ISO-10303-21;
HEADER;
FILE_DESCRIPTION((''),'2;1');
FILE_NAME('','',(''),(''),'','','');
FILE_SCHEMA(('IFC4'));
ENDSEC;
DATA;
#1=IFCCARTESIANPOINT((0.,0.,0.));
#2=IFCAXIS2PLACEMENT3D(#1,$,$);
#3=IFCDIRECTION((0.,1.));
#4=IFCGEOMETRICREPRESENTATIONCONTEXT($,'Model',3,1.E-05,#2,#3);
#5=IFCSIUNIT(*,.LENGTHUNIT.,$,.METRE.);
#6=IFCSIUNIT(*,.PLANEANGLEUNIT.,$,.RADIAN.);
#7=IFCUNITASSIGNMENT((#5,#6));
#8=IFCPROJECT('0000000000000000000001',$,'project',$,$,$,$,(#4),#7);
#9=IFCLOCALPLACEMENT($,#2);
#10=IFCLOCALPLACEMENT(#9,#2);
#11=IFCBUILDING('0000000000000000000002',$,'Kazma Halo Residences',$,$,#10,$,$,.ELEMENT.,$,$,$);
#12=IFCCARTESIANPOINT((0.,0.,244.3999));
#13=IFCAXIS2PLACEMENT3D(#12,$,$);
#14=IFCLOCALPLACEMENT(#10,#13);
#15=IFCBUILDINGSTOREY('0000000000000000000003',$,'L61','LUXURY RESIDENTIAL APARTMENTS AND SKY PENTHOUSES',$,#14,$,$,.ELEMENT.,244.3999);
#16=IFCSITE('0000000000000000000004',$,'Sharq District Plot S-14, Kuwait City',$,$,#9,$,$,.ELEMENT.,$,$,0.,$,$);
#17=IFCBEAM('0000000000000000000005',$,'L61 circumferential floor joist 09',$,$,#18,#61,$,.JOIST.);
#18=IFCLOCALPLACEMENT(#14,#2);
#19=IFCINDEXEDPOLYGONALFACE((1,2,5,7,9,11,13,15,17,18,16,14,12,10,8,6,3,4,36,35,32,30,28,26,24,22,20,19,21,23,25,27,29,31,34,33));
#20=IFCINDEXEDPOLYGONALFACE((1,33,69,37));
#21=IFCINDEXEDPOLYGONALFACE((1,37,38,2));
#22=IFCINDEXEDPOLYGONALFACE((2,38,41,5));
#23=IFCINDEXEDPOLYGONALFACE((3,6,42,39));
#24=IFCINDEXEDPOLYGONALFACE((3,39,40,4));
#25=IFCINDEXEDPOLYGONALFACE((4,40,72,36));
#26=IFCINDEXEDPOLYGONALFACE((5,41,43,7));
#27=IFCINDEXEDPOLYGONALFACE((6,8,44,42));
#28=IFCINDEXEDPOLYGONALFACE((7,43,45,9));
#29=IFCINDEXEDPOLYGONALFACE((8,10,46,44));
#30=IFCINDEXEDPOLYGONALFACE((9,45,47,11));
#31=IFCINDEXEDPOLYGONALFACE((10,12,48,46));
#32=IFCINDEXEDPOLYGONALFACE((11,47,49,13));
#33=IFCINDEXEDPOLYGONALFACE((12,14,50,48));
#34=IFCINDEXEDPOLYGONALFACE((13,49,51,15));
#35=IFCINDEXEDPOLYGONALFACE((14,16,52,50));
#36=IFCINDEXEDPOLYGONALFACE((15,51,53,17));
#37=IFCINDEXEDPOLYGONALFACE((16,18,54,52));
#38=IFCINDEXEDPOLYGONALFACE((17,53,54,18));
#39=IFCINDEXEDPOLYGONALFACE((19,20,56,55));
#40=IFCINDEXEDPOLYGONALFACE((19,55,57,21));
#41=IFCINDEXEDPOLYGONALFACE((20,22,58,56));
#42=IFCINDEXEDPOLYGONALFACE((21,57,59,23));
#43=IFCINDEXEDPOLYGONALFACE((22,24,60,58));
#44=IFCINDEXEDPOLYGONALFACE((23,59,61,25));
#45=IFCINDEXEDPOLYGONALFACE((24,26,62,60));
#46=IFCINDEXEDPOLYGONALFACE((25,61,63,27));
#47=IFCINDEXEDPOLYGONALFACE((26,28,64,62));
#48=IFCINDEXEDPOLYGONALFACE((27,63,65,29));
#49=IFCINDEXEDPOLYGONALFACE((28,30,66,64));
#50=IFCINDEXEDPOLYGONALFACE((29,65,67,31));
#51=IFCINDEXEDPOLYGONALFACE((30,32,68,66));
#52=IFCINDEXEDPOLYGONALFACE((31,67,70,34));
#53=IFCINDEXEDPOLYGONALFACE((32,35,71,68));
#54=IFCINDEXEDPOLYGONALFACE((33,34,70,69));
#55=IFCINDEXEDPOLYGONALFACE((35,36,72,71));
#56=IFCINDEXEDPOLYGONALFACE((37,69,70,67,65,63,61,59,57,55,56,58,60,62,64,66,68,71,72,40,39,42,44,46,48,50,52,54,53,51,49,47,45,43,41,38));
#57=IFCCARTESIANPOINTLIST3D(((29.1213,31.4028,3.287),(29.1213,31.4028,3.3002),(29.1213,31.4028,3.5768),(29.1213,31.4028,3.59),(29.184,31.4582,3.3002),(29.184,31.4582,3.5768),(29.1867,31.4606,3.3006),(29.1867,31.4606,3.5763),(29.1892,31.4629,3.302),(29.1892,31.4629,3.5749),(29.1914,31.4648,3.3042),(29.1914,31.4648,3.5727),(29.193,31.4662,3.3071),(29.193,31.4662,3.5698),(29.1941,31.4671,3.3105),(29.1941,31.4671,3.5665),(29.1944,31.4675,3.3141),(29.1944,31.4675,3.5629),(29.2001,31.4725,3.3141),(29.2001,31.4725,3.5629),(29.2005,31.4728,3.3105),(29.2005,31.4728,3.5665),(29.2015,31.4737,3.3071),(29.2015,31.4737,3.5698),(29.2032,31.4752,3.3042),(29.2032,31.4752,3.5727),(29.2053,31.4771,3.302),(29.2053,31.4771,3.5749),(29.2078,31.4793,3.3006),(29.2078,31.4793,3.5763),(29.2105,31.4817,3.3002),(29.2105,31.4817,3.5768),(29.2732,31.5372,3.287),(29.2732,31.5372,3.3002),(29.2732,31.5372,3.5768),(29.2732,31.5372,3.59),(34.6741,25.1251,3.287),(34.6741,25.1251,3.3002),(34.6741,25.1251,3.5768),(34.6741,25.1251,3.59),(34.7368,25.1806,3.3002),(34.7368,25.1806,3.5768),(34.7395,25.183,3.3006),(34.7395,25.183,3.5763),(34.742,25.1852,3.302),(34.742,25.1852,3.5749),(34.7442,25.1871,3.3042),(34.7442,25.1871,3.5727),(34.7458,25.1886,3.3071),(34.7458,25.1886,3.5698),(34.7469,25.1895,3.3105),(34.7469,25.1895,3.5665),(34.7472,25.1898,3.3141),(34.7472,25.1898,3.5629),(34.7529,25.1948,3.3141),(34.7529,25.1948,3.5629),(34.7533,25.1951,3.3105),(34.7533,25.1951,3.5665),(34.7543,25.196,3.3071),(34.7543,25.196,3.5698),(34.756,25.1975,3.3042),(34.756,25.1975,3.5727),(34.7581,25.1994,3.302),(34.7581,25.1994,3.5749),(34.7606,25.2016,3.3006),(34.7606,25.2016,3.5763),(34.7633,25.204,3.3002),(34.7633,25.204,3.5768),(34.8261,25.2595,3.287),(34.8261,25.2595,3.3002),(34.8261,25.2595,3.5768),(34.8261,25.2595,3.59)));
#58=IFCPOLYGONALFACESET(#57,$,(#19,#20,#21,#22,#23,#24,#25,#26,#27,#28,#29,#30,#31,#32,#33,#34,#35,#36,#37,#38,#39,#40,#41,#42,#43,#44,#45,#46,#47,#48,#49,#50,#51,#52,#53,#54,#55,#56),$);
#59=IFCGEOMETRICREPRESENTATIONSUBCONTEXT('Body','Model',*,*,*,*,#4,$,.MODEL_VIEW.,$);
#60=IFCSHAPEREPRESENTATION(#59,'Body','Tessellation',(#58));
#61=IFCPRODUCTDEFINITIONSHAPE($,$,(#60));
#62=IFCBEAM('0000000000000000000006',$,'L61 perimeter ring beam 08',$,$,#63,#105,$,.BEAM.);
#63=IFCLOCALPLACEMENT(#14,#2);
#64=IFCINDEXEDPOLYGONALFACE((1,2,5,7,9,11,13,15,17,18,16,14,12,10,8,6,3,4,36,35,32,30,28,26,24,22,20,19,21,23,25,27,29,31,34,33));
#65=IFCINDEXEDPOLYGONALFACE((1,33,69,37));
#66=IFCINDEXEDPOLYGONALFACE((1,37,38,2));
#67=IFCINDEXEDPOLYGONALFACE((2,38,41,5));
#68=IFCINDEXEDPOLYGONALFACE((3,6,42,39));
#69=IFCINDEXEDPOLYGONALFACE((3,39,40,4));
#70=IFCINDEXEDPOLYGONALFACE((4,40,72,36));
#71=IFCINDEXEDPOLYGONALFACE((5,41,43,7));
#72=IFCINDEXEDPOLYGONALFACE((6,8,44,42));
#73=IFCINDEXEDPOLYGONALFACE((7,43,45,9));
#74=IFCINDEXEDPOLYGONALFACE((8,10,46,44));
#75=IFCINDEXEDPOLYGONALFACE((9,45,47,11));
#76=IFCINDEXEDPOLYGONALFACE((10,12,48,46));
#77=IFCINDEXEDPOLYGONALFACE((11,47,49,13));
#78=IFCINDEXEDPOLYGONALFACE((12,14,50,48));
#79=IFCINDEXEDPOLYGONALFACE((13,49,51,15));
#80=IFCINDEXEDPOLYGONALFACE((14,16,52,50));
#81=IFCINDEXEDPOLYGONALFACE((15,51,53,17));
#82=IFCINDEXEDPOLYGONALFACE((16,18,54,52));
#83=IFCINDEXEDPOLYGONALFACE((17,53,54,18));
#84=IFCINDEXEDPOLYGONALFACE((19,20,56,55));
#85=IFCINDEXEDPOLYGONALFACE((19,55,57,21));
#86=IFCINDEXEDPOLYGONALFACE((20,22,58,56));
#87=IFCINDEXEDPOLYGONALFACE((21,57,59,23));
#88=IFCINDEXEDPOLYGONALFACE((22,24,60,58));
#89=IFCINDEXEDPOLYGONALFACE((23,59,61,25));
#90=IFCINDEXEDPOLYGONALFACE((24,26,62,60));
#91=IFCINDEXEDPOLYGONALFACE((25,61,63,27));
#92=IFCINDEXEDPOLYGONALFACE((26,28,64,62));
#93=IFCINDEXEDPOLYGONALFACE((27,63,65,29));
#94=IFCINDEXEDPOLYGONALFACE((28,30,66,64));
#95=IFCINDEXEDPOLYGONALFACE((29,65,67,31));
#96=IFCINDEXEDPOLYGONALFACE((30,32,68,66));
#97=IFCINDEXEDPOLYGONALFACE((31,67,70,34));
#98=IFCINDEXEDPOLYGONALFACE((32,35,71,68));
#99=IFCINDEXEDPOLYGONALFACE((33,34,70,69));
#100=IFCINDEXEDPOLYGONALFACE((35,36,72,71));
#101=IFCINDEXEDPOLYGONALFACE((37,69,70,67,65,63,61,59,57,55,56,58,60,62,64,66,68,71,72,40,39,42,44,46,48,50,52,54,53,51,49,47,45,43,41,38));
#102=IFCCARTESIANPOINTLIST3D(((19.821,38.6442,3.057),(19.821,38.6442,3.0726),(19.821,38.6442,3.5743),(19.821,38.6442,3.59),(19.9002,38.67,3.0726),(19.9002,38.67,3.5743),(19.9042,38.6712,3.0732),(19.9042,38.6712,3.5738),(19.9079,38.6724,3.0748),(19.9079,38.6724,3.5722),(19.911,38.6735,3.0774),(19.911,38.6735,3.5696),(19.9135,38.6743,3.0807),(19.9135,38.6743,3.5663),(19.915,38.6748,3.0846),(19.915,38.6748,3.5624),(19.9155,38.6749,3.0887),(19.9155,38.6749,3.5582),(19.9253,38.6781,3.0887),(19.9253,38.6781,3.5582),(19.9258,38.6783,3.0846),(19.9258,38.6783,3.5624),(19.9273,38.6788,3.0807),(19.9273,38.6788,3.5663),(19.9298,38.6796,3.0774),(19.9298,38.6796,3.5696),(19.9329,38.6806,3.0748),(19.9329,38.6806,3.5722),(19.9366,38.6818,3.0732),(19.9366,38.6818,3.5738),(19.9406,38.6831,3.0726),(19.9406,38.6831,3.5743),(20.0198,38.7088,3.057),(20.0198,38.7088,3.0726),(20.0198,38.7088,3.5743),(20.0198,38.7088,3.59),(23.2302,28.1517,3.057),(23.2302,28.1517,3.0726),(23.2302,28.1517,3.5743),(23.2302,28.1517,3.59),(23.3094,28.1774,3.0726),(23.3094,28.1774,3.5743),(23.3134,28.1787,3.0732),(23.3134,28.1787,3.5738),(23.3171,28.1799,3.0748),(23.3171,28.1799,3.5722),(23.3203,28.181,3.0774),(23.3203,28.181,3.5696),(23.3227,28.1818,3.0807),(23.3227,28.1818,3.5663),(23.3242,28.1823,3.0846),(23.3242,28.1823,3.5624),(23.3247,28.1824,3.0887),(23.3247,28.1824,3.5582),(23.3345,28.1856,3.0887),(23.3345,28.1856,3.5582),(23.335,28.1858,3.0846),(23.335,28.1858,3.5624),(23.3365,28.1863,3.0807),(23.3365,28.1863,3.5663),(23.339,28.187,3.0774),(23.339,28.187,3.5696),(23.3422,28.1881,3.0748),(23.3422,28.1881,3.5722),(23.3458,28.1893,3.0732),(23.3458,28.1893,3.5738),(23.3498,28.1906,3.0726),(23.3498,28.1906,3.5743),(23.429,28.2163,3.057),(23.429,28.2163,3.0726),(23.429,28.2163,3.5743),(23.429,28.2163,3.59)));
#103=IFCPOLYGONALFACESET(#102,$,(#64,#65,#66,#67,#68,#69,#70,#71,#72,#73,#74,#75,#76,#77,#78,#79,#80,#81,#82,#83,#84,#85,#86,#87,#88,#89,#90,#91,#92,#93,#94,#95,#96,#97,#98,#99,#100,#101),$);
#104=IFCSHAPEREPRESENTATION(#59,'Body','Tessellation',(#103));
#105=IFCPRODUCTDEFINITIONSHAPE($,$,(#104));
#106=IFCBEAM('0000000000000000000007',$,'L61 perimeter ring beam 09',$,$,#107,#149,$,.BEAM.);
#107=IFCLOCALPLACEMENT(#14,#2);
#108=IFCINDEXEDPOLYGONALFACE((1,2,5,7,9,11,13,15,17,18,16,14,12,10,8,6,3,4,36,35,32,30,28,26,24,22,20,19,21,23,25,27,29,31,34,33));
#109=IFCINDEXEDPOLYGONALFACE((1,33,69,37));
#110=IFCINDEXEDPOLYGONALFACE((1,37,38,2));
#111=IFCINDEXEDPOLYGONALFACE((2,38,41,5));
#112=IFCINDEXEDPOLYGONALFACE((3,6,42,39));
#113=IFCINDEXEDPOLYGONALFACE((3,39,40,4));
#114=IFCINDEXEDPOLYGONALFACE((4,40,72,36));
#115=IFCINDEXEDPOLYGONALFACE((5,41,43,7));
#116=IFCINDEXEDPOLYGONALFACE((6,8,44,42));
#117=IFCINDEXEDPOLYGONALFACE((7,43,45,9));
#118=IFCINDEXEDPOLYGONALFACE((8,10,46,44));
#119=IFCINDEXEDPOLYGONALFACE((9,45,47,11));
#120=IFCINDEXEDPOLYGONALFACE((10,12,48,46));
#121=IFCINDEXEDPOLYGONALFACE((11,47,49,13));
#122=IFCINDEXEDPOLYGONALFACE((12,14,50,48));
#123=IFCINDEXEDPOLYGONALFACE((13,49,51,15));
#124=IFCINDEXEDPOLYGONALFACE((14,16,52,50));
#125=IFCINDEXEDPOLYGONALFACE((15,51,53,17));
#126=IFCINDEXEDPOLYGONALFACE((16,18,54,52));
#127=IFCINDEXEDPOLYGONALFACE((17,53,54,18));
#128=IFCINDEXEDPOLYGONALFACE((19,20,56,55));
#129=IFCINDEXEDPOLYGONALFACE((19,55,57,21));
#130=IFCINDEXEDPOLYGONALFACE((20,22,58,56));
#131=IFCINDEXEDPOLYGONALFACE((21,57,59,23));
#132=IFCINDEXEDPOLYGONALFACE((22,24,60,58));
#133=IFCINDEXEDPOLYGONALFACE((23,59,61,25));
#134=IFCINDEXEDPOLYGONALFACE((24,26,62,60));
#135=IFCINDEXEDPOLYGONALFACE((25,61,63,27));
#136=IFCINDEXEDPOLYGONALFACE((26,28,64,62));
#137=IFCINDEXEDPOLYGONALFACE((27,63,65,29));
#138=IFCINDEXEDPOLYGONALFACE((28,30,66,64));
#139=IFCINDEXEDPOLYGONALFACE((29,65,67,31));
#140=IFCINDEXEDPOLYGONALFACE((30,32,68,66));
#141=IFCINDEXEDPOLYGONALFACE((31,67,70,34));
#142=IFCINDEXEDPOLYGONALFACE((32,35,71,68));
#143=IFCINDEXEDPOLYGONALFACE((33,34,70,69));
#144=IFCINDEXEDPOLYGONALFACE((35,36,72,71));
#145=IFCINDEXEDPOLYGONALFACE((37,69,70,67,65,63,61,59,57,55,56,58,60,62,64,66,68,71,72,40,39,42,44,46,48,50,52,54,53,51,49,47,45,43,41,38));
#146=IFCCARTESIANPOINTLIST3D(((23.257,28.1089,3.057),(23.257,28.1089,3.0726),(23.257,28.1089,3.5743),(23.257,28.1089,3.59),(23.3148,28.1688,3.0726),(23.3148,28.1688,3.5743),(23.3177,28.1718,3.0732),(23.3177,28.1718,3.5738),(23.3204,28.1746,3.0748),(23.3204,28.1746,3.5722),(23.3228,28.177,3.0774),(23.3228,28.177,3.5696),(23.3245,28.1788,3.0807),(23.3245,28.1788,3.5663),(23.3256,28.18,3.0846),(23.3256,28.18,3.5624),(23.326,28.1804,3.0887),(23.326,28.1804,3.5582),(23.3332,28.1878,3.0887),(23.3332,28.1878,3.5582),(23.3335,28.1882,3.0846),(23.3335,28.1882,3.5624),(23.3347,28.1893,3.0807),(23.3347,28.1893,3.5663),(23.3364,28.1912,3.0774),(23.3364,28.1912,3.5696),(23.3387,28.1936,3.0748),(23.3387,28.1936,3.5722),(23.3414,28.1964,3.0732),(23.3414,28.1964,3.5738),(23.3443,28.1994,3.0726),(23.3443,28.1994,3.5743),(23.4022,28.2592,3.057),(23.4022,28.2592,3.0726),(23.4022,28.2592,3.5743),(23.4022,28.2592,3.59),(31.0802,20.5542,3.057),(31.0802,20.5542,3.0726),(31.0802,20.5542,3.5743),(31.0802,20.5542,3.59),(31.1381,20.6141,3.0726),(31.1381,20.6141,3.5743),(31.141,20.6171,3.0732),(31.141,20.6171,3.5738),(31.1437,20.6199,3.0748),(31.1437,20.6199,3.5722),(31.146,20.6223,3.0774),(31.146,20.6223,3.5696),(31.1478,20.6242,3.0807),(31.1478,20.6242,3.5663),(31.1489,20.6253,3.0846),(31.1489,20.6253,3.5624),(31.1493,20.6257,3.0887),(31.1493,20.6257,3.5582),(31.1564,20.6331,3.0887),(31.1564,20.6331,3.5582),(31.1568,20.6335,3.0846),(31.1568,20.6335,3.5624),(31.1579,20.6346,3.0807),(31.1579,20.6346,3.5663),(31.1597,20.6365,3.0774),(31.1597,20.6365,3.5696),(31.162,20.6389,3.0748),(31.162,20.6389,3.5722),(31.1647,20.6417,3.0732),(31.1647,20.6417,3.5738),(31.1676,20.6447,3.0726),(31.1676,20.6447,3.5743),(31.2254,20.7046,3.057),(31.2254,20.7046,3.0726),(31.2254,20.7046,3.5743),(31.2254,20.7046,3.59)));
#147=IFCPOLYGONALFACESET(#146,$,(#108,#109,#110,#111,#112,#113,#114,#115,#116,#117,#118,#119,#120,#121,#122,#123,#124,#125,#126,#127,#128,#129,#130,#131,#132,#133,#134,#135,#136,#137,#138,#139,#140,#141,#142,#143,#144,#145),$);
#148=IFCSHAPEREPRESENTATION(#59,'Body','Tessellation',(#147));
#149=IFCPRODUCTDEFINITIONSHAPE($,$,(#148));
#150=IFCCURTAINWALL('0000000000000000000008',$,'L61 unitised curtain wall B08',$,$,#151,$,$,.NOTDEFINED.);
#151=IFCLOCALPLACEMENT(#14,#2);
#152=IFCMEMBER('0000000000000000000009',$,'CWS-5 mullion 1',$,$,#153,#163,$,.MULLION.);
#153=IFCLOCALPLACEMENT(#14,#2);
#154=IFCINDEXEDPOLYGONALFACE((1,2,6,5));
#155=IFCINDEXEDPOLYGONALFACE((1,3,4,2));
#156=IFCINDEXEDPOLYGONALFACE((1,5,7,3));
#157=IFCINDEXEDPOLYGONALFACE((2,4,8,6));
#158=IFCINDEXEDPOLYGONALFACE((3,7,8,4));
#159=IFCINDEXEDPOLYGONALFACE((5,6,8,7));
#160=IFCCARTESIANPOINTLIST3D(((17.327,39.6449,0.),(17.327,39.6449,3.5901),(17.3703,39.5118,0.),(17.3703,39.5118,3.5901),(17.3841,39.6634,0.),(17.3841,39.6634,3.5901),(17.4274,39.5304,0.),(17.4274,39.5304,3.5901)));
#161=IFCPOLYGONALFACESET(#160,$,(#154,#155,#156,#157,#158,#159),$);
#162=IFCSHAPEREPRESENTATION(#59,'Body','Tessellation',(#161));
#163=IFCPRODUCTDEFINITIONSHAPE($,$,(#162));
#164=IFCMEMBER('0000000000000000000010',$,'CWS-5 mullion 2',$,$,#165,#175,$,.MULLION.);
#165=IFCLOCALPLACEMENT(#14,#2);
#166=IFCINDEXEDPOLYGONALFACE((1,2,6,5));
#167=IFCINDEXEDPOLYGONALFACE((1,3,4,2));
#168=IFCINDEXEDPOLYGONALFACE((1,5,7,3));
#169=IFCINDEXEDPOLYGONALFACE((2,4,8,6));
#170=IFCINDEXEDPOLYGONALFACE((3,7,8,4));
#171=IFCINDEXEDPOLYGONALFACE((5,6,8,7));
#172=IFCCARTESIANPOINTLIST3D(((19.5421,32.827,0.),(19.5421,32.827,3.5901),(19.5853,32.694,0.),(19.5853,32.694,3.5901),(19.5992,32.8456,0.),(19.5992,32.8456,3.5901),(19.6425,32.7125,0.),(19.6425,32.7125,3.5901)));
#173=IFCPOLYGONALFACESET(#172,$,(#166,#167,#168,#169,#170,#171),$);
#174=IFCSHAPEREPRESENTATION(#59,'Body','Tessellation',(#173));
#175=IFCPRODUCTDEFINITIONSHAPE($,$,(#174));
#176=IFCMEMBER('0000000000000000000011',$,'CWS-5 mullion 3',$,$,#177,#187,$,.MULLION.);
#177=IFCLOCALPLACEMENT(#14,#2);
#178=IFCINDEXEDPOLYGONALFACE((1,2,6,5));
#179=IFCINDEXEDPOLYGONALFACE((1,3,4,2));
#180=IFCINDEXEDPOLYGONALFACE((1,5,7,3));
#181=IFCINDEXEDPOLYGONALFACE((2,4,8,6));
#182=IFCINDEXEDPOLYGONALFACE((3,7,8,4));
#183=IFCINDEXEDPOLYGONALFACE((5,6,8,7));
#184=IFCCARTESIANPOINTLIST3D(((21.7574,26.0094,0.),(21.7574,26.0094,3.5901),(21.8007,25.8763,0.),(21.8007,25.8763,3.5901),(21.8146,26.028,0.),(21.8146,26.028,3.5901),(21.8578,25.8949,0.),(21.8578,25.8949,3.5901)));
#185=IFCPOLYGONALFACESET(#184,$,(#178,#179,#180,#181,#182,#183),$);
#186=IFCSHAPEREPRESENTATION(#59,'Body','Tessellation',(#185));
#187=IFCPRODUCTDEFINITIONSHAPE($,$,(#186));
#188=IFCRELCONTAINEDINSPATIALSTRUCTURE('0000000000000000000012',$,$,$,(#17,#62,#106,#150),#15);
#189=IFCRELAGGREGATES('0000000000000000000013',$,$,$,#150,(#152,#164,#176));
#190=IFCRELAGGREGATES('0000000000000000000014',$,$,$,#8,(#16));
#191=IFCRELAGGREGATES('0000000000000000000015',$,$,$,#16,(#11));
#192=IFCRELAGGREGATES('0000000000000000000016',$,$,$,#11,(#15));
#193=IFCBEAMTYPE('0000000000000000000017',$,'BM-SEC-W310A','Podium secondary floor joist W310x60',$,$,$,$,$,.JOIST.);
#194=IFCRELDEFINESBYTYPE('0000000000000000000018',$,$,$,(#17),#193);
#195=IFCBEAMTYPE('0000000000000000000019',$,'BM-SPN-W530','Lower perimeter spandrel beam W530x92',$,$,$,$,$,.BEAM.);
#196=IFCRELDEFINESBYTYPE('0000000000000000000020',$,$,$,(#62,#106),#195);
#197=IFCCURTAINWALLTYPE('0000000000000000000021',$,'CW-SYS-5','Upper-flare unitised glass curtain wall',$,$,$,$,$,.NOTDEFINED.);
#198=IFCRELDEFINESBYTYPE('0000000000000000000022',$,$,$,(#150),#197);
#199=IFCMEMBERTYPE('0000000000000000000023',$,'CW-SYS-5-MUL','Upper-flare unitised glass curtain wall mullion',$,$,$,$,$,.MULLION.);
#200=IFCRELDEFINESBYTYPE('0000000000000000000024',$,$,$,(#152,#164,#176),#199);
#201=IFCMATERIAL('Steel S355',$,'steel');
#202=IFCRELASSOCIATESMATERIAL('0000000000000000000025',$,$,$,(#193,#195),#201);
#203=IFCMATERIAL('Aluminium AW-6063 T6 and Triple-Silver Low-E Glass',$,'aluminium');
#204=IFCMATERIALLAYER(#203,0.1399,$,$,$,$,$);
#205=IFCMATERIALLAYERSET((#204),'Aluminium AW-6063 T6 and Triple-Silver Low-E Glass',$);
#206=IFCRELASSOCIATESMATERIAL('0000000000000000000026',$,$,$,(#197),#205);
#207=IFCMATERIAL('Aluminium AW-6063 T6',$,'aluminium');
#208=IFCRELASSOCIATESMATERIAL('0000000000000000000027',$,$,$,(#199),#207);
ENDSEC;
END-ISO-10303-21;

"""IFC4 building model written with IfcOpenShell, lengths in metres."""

from ifc_helpers import new_model, si_unit, direction, frame, origin, origin_2d, place, context, subcontext, project, spatial, rectangle, i_section, extrude, material, layer, layer_set, material_profile, profile_set, type_object, element, aggregate, save


model = new_model("IFC4")

# Units and contexts
model_context = context("Model", 3, precision=1e-05, world=origin(), true_north=direction((0.0, 1.0)))
body_context = subcontext(model_context, "Body", "Model", "MODEL_VIEW")
ifc_project = project(units=[si_unit("LENGTHUNIT", "METRE"), si_unit("PLANEANGLEUNIT", "RADIAN")], contexts=[model_context])

# Site, building, storey
site_placement = place(None, origin())
site = spatial("IfcSite", under=ifc_project, at=site_placement, Name="Sharq District Plot S-14, Kuwait City", CompositionType="ELEMENT", RefElevation=0.0)
building_placement = place(site_placement, origin())
building = spatial("IfcBuilding", under=site, at=building_placement, Name="Kazma Halo Residences", CompositionType="ELEMENT")
storey_placement = place(building_placement, frame((0.0, 0.0, 244.3999)))
storey = spatial("IfcBuildingStorey", under=building, at=storey_placement, Name="L61", Description="LUXURY RESIDENTIAL APARTMENTS AND SKY PENTHOUSES", CompositionType="ELEMENT", Elevation=244.3999)

# Beams
ifc_material_1 = material(Name="Steel S355", Category="steel")
ifc_material_profile_1 = material_profile(ifc_material_1, i_section(OverallWidth=0.2029, OverallDepth=0.303, WebThickness=0.0076, FlangeThickness=0.0132, FilletRadius=0.0139, at=origin_2d()), Name="W310x60")
ifc_profile_set_1 = profile_set([ifc_material_profile_1], Name="Steel S355")
beam_type_1 = type_object("IfcBeamType", Name="BM-SEC-W310A", Description="Podium secondary floor joist W310x60", PredefinedType="JOIST", material=ifc_profile_set_1)
beam_1_placement = place(storey_placement, frame((29.1973, 31.47, 3.4385), z_axis=(0.662539, -0.749027, 0.0), x_axis=(0.749027, 0.662539, 0.0)))
element("IfcBeam", 1, at=beam_1_placement, inside=storey, type_object=beam_type_1, Name="L61 circumferential floor joist 09", PredefinedType="JOIST", context=body_context, shape_type="SweptSolid", body=[
    extrude(i_section(OverallWidth=0.2029, OverallDepth=0.303, WebThickness=0.0076, FlangeThickness=0.0132, FilletRadius=0.0139, at=origin_2d()), origin(), (0.0, 0.0, 1.0), 8.3811),
])
ifc_material_profile_2 = material_profile(ifc_material_1, i_section(OverallWidth=0.209, OverallDepth=0.533, WebThickness=0.0103, FlangeThickness=0.0156, FilletRadius=0.0161, at=origin_2d()), Name="W530x92")
ifc_profile_set_2 = profile_set([ifc_material_profile_2], Name="Steel S355")
beam_type_2 = type_object("IfcBeamType", Name="BM-SPN-W530", Description="Lower perimeter spandrel beam W530x92", PredefinedType="BEAM", material=ifc_profile_set_2)
beam_2_placement = place(storey_placement, frame((19.9204, 38.6765, 3.3235), z_axis=(0.309016, -0.951057, 0.0), x_axis=(0.951057, 0.309016, 0.0)))
element("IfcBeam", 2, at=beam_2_placement, inside=storey, type_object=beam_type_2, Name="L61 perimeter ring beam 08", PredefinedType="BEAM", context=body_context, shape_type="SweptSolid", body=[
    extrude(i_section(OverallWidth=0.209, OverallDepth=0.533, WebThickness=0.0103, FlangeThickness=0.0156, FilletRadius=0.0161, at=origin_2d()), origin(), (0.0, 0.0, 1.0), 11.0325),
])
beam_3_placement = place(storey_placement, frame((23.3296, 28.1841, 3.3235), z_axis=(0.719346, -0.694652, 0.0), x_axis=(0.694652, 0.719346, 0.0)))
element("IfcBeam", 3, at=beam_3_placement, inside=storey, type_object=beam_type_2, Name="L61 perimeter ring beam 09", PredefinedType="BEAM", context=body_context, shape_type="SweptSolid", body=[
    extrude(i_section(OverallWidth=0.209, OverallDepth=0.533, WebThickness=0.0103, FlangeThickness=0.0156, FilletRadius=0.0161, at=origin_2d()), origin(), (0.0, 0.0, 1.0), 10.8755),
])

# Curtain wall, members
ifc_material_2 = material(Name="Aluminium AW-6063 T6 and Triple-Silver Low-E Glass", Category="aluminium")
ifc_layer_1 = layer(ifc_material_2, 0.1399)
ifc_layer_set_1 = layer_set([ifc_layer_1], Name="Aluminium AW-6063 T6 and Triple-Silver Low-E Glass")
curtain_wall_type = type_object("IfcCurtainWallType", Name="CW-SYS-5", Description="Upper-flare unitised glass curtain wall", PredefinedType="NOTDEFINED", material=ifc_layer_set_1)
curtain_wall_placement = place(storey_placement, origin())
curtain_wall = element("IfcCurtainWall", 4, at=curtain_wall_placement, inside=storey, type_object=curtain_wall_type, Name="L61 unitised curtain wall B08", PredefinedType="NOTDEFINED")
ifc_material_3 = material(Name="Aluminium AW-6063 T6", Category="aluminium")
ifc_material_profile_3 = material_profile(ifc_material_3, rectangle(XDim=0.0601, YDim=0.1399, at=origin_2d()), Name="CWM-60x140")
ifc_profile_set_3 = profile_set([ifc_material_profile_3], Name="Aluminium AW-6063 T6")
member_type_1 = type_object("IfcMemberType", Name="CW-SYS-5-MUL", Description="Upper-flare unitised glass curtain wall mullion", PredefinedType="MULLION", material=ifc_profile_set_3)
member_1_placement = place(storey_placement, frame((17.3772, 39.5876, 0.0), z_axis=(0.0, 0.0, 1.0), x_axis=(0.951058, 0.309011, 0.0)))
member_1 = element("IfcMember", 5, at=member_1_placement, type_object=member_type_1, Name="CWS-5 mullion 1", PredefinedType="MULLION", context=body_context, shape_type="SweptSolid", body=[
    extrude(rectangle(XDim=0.0601, YDim=0.1399, at=origin_2d()), origin(), (0.0, 0.0, 1.0), 3.5901),
])
member_2_placement = place(storey_placement, frame((19.5923, 32.7698, 0.0), z_axis=(0.0, 0.0, 1.0), x_axis=(0.951058, 0.309011, 0.0)))
member_2 = element("IfcMember", 6, at=member_2_placement, type_object=member_type_1, Name="CWS-5 mullion 2", PredefinedType="MULLION", context=body_context, shape_type="SweptSolid", body=[
    extrude(rectangle(XDim=0.0601, YDim=0.1399, at=origin_2d()), origin(), (0.0, 0.0, 1.0), 3.5901),
])
member_3_placement = place(storey_placement, frame((21.8076, 25.9521, 0.0), z_axis=(0.0, 0.0, 1.0), x_axis=(0.951058, 0.309011, 0.0)))
member_3 = element("IfcMember", 7, at=member_3_placement, type_object=member_type_1, Name="CWS-5 mullion 3", PredefinedType="MULLION", context=body_context, shape_type="SweptSolid", body=[
    extrude(rectangle(XDim=0.0601, YDim=0.1399, at=origin_2d()), origin(), (0.0, 0.0, 1.0), 3.5901),
])
aggregate(curtain_wall, [member_1, member_2, member_3])

save(model, "model.ifc")
